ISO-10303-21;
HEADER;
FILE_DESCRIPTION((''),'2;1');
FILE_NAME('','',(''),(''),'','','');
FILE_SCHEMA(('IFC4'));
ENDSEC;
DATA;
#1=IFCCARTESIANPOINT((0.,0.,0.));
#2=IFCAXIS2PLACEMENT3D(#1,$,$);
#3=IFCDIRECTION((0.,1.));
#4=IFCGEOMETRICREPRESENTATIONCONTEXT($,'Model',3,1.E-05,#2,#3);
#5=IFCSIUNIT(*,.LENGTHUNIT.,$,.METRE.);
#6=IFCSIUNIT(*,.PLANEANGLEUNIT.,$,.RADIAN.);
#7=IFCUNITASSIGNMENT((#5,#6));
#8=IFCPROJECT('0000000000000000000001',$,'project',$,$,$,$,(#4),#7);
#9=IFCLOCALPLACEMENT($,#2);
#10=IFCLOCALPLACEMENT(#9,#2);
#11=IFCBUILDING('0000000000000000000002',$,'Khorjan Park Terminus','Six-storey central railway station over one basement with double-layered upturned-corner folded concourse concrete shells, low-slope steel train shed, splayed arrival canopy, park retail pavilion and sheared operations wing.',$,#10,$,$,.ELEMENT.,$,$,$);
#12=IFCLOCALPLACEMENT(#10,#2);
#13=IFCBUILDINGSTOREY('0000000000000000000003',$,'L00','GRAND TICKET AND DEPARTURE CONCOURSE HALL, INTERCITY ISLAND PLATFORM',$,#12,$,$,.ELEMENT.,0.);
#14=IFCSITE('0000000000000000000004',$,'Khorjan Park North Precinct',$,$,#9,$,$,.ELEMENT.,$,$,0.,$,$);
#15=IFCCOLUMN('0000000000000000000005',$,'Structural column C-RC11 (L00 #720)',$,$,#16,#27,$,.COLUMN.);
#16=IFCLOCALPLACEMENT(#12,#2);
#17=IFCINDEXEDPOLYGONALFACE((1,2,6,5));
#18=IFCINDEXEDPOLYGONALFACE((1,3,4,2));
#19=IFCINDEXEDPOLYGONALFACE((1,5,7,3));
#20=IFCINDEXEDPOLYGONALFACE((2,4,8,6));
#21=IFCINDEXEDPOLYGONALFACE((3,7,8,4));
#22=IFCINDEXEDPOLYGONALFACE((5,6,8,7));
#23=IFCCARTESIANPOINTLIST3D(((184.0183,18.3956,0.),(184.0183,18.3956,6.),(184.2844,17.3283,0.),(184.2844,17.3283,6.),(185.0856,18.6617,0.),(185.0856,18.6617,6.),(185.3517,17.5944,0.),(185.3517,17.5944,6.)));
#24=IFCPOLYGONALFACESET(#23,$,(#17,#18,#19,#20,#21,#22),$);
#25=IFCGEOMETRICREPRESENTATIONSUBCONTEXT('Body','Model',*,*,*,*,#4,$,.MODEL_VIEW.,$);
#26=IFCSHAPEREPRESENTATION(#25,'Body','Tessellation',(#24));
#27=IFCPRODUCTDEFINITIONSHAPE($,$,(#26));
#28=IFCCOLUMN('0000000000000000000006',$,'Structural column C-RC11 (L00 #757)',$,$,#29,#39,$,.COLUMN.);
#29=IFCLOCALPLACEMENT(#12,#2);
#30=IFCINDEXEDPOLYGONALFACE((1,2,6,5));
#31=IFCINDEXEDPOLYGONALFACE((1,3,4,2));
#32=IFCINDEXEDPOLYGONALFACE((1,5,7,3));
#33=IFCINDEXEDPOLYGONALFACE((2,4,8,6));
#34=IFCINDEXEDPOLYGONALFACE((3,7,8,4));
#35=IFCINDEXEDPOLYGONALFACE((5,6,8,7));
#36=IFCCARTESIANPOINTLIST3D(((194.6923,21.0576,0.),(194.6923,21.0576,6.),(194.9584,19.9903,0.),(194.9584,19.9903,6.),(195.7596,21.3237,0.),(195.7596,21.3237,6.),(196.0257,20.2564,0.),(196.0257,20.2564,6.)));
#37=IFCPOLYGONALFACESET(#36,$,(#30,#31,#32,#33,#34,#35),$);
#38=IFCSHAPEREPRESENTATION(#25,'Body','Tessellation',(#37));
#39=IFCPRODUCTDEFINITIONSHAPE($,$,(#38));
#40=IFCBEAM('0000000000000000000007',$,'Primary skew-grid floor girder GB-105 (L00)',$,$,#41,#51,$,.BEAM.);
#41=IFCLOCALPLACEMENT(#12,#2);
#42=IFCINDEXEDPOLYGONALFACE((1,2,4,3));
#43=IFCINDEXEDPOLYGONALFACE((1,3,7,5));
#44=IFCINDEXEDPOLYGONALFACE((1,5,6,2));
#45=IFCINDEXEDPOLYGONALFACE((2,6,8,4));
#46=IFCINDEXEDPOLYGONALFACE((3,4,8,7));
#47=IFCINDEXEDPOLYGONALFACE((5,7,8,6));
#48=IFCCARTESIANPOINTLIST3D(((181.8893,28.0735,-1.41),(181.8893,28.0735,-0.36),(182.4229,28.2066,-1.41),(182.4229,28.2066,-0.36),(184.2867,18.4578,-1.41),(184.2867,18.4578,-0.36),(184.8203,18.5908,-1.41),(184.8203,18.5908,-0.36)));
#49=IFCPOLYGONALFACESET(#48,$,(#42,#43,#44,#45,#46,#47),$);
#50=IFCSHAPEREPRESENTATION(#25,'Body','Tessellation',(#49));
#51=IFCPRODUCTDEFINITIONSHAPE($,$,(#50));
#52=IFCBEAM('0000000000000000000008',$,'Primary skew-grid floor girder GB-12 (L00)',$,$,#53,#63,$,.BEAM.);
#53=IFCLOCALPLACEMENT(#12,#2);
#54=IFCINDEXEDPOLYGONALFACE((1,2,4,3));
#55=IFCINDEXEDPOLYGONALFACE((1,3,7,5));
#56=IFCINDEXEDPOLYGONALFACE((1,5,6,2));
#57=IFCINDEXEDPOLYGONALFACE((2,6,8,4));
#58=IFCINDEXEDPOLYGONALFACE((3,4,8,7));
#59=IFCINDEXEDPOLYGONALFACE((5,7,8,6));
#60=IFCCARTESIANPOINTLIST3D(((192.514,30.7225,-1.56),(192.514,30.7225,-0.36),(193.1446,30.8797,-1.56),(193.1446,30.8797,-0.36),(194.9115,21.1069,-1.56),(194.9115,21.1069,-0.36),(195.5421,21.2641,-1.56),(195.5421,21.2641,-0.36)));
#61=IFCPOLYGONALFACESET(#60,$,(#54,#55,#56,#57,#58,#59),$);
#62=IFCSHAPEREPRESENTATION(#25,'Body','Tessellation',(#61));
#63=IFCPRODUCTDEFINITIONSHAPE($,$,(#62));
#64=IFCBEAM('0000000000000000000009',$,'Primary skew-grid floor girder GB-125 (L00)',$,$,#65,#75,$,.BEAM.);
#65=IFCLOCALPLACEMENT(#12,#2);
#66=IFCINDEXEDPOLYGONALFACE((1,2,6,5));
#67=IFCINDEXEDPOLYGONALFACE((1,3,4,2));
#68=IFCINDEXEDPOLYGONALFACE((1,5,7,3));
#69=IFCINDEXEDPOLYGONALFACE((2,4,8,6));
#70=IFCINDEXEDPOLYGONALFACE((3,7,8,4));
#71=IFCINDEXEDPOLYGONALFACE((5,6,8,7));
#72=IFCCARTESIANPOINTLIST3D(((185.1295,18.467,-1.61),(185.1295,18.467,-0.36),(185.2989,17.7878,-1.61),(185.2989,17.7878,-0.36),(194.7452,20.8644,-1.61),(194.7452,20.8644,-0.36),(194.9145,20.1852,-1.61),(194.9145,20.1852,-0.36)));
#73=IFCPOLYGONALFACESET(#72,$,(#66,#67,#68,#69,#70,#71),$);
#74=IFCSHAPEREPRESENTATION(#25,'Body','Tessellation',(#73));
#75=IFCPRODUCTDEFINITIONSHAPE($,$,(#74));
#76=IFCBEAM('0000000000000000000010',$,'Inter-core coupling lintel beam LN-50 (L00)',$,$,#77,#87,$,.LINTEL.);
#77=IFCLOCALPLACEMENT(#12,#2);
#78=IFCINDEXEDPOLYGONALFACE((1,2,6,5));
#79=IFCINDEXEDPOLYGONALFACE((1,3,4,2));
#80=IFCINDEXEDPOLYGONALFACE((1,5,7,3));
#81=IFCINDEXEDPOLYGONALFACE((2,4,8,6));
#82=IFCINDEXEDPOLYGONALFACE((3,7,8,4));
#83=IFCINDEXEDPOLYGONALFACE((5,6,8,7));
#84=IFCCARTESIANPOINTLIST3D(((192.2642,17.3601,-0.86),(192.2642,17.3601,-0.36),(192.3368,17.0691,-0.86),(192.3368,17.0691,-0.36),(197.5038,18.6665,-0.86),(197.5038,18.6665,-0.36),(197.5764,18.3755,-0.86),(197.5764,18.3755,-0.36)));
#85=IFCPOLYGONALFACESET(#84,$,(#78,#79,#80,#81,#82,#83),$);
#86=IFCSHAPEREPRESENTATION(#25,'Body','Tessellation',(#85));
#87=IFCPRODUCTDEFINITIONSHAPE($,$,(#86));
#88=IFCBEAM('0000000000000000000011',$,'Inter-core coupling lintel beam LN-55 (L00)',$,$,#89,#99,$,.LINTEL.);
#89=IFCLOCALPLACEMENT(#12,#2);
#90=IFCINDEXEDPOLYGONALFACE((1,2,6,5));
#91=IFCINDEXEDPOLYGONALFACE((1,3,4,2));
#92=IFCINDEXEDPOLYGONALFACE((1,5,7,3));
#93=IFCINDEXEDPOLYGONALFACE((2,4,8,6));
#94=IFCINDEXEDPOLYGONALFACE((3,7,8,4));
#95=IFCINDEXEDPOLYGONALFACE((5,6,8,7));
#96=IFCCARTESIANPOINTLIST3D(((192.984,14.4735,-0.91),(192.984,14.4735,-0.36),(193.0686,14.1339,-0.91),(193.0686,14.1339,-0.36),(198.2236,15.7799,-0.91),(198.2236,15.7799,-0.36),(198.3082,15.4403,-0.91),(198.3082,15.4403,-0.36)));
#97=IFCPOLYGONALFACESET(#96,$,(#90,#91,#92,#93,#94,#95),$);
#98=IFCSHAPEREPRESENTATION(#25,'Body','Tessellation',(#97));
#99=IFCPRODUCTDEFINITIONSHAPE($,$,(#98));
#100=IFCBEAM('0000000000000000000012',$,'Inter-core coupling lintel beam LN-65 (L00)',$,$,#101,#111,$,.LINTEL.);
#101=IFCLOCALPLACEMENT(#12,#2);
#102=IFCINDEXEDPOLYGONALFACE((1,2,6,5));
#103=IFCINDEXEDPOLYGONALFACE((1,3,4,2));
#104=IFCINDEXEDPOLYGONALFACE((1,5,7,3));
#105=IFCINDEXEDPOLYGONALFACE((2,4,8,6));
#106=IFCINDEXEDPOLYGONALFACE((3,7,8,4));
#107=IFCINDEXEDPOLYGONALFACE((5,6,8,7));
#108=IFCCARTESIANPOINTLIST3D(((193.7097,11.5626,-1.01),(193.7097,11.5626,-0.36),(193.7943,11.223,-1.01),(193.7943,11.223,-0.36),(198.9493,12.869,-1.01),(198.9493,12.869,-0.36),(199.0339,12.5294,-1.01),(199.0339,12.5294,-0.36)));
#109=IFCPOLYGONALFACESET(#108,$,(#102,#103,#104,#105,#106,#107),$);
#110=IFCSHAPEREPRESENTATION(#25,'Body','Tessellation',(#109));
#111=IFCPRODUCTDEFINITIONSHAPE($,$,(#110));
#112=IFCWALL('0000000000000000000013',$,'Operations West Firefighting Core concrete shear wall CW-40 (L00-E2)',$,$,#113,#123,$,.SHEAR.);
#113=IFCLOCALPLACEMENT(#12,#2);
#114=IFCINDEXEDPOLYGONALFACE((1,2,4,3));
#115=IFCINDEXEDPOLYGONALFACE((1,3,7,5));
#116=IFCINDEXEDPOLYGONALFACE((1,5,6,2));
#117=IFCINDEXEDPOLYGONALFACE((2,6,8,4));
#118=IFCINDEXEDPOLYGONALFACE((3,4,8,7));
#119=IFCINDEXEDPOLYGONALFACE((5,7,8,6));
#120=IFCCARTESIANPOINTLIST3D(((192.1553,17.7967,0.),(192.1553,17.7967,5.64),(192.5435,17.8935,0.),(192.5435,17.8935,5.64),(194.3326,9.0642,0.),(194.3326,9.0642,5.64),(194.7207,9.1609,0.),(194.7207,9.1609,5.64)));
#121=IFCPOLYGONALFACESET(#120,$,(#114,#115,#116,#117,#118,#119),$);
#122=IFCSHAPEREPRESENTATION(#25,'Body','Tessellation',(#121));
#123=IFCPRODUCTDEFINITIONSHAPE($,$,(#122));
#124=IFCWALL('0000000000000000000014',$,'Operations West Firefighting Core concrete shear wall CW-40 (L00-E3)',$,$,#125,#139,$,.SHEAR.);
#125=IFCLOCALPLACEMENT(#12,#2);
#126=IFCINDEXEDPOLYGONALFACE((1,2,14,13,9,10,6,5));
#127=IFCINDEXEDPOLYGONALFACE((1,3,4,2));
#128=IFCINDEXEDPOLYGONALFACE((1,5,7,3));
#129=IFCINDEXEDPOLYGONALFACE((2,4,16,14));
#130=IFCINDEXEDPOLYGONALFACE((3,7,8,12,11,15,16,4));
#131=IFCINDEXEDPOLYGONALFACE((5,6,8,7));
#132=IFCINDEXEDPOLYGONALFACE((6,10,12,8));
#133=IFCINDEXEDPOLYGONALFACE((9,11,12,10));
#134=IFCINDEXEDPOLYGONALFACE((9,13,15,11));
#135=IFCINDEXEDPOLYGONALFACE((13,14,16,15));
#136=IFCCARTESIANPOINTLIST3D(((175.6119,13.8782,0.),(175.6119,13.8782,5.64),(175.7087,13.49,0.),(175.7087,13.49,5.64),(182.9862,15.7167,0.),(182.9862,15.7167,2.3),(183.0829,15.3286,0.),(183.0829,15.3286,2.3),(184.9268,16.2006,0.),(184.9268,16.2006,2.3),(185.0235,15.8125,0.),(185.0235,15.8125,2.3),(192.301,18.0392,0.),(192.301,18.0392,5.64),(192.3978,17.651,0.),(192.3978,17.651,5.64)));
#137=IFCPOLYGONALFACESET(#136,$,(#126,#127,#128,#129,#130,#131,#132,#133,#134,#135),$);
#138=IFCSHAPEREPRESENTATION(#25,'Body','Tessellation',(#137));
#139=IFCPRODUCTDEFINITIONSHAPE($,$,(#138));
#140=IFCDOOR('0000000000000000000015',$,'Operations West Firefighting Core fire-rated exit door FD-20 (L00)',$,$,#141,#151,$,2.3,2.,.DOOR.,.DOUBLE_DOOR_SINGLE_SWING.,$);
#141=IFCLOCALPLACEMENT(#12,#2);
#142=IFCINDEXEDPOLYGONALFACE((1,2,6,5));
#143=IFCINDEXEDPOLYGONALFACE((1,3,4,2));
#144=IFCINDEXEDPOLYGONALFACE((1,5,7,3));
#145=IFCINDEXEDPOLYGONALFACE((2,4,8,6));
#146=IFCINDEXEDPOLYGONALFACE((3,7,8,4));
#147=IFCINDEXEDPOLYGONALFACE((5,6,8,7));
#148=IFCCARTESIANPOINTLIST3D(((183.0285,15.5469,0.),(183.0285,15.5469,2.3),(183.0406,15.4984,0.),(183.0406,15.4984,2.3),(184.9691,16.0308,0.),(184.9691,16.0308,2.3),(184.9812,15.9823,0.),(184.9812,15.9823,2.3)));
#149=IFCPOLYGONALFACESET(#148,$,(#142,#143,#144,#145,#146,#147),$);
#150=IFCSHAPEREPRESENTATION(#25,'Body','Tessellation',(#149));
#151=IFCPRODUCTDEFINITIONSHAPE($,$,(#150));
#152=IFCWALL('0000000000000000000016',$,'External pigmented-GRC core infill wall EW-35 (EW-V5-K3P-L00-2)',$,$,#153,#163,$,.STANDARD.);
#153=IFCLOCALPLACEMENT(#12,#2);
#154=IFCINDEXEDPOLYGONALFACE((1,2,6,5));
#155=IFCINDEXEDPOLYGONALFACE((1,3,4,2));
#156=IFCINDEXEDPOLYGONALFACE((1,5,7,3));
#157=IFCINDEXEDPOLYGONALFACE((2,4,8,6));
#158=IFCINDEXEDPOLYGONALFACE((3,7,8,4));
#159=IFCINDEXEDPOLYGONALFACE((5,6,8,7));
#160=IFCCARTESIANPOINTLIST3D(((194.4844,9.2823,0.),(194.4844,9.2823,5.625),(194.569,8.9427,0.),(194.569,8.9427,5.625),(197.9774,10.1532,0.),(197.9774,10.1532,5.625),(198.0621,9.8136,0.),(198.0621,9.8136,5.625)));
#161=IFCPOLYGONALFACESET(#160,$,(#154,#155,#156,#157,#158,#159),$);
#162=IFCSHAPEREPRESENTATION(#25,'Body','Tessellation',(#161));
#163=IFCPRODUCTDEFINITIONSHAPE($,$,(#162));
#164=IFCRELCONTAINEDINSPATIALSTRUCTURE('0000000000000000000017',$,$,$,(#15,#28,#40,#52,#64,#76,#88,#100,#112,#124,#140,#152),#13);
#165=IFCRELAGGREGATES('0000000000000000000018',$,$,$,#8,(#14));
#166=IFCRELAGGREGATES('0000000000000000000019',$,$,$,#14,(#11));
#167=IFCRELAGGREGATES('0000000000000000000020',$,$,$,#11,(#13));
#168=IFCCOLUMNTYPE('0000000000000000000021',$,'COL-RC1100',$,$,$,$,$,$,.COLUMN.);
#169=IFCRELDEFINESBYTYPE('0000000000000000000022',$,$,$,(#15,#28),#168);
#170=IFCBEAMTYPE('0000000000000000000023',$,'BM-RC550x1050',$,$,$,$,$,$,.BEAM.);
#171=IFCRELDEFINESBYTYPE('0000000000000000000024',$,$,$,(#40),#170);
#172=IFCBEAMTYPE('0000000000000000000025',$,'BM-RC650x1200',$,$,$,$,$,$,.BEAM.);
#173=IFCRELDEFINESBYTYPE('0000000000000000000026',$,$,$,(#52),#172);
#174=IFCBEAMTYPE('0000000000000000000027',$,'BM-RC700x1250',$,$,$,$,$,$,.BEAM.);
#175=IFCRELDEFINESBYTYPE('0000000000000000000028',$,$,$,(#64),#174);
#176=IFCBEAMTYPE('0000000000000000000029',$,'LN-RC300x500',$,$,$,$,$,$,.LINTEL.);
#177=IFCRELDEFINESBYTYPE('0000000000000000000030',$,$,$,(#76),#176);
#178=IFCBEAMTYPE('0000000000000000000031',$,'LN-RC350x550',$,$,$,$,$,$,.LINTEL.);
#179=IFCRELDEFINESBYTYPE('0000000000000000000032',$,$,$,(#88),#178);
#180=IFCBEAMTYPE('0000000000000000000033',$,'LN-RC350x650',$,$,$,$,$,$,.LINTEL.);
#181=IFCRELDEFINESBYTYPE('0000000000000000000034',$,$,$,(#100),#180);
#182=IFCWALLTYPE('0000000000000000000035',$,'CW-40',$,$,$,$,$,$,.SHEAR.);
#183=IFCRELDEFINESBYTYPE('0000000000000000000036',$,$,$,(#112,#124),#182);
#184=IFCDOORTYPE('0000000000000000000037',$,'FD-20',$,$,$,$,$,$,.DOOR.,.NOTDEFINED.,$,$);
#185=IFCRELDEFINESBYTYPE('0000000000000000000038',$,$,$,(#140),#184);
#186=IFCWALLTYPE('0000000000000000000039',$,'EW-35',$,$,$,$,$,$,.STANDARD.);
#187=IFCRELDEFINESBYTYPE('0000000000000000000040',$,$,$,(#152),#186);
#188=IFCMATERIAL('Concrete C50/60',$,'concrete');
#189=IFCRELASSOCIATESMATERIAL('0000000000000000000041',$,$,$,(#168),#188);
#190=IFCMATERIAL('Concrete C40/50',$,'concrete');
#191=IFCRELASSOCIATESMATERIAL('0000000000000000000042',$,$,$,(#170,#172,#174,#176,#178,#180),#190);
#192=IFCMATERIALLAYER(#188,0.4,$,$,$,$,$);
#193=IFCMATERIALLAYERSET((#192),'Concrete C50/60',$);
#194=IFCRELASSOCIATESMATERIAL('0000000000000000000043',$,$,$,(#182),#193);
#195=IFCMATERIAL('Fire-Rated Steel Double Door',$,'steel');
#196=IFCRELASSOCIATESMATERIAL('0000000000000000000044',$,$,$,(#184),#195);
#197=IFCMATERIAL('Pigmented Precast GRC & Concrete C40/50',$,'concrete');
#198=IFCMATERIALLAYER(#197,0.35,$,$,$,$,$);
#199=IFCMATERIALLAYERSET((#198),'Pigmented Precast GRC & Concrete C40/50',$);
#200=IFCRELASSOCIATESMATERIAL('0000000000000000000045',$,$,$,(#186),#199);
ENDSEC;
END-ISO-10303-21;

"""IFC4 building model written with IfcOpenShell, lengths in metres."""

from ifc_helpers import new_model, si_unit, direction, frame, frame_2d, origin, origin_2d, place, context, subcontext, project, spatial, rectangle, extrude, material, layer, layer_set, material_profile, profile_set, type_object, element, fill, save


model = new_model("IFC4")

# Units and contexts
model_context = context("Model", 3, precision=1e-05, world=origin(), true_north=direction((0.0, 1.0)))
body_context = subcontext(model_context, "Body", "Model", "MODEL_VIEW")
ifc_project = project(units=[si_unit("LENGTHUNIT", "METRE"), si_unit("PLANEANGLEUNIT", "RADIAN")], contexts=[model_context])

# Site, building, storey
site_placement = place(None, origin())
site = spatial("IfcSite", under=ifc_project, at=site_placement, Name="Khorjan Park North Precinct", CompositionType="ELEMENT", RefElevation=0.0)
building_placement = place(site_placement, origin())
building = spatial("IfcBuilding", under=site, at=building_placement, Name="Khorjan Park Terminus", Description="Six-storey central railway station over one basement with double-layered upturned-corner folded concourse concrete shells, low-slope steel train shed, splayed arrival canopy, park retail pavilion and sheared operations wing.", CompositionType="ELEMENT")
storey_placement = place(building_placement, origin())
storey = spatial("IfcBuildingStorey", under=building, at=storey_placement, Name="L00", Description="GRAND TICKET AND DEPARTURE CONCOURSE HALL, INTERCITY ISLAND PLATFORM", CompositionType="ELEMENT", Elevation=0.0)

# Columns
ifc_material_1 = material(Name="Concrete C50/60", Category="concrete")
ifc_material_profile_1 = material_profile(ifc_material_1, rectangle(XDim=1.1, YDim=1.1, at=origin_2d()), Name="RC 1100x1100")
ifc_profile_set_1 = profile_set([ifc_material_profile_1], Name="Concrete C50/60")
column_type = type_object("IfcColumnType", Name="COL-RC1100", PredefinedType="COLUMN", material=ifc_profile_set_1)
for number, where, z_axis, x_axis, name in (
    (1, (184.685, 17.995, 0.0), (0.0, 0.0, 1.0), (0.970296, 0.241922, 0.0), "Structural column C-RC11 (L00 #720)"),
    (2, (195.359, 20.657, 0.0), (0.0, 0.0, 1.0), (0.970296, 0.241922, 0.0), "Structural column C-RC11 (L00 #757)"),
):
    element("IfcColumn", number, at=place(storey_placement, frame(where, z_axis=z_axis, x_axis=x_axis)), inside=storey, type_object=column_type, Name=name, PredefinedType="COLUMN", context=body_context, shape_type="SweptSolid", body=[
        extrude(rectangle(XDim=1.1, YDim=1.1, at=origin_2d()), origin(), (0.0, 0.0, 1.0), 6.0),
    ])

# Beams
ifc_material_2 = material(Name="Concrete C40/50", Category="concrete")
ifc_material_profile_2 = material_profile(ifc_material_2, rectangle(XDim=0.55, YDim=1.05, at=origin_2d()), Name="RC 550x1050")
ifc_profile_set_2 = profile_set([ifc_material_profile_2], Name="Concrete C40/50")
beam_type_1 = type_object("IfcBeamType", Name="BM-RC550x1050", PredefinedType="BEAM", material=ifc_profile_set_2)
beam_1_placement = place(storey_placement, frame((184.5535, 18.5243, -0.885), z_axis=(-0.241916, 0.970297, 0.0), x_axis=(-0.970297, -0.241916, 0.0)))
element("IfcBeam", 3, at=beam_1_placement, inside=storey, type_object=beam_type_1, Name="Primary skew-grid floor girder GB-105 (L00)", PredefinedType="BEAM", context=body_context, shape_type="SweptSolid", body=[
    extrude(rectangle(XDim=0.55, YDim=1.05, at=origin_2d()), origin(), (0.0, 0.0, 1.0), 9.9101),
])
ifc_material_profile_3 = material_profile(ifc_material_2, rectangle(XDim=0.65, YDim=1.2, at=origin_2d()), Name="RC 650x1200")
ifc_profile_set_3 = profile_set([ifc_material_profile_3], Name="Concrete C40/50")
beam_type_2 = type_object("IfcBeamType", Name="BM-RC650x1200", PredefinedType="BEAM", material=ifc_profile_set_3)
beam_2_placement = place(storey_placement, frame((195.2268, 21.1855, -0.96), z_axis=(-0.241928, 0.970294, 0.0), x_axis=(-0.970294, -0.241928, 0.0)))
element("IfcBeam", 4, at=beam_2_placement, inside=storey, type_object=beam_type_2, Name="Primary skew-grid floor girder GB-12 (L00)", PredefinedType="BEAM", context=body_context, shape_type="SweptSolid", body=[
    extrude(rectangle(XDim=0.65, YDim=1.2, at=origin_2d()), origin(), (0.0, 0.0, 1.0), 9.91),
])
ifc_material_profile_4 = material_profile(ifc_material_2, rectangle(XDim=0.7, YDim=1.25, at=origin_2d()), Name="RC 700x1250")
ifc_profile_set_4 = profile_set([ifc_material_profile_4], Name="Concrete C40/50")
beam_type_3 = type_object("IfcBeamType", Name="BM-RC700x1250", PredefinedType="BEAM", material=ifc_profile_set_4)
beam_3_placement = place(storey_placement, frame((185.2142, 18.1274, -0.985), z_axis=(0.970297, 0.241918, 0.0), x_axis=(-0.241918, 0.970297, 0.0)))
element("IfcBeam", 5, at=beam_3_placement, inside=storey, type_object=beam_type_3, Name="Primary skew-grid floor girder GB-125 (L00)", PredefinedType="BEAM", context=body_context, shape_type="SweptSolid", body=[
    extrude(rectangle(XDim=0.7, YDim=1.25, at=origin_2d()), origin(), (0.0, 0.0, 1.0), 9.91),
])
ifc_material_profile_5 = material_profile(ifc_material_2, rectangle(XDim=0.3, YDim=0.5, at=origin_2d()), Name="RC 300x500")
ifc_profile_set_5 = profile_set([ifc_material_profile_5], Name="Concrete C40/50")
beam_type_4 = type_object("IfcBeamType", Name="LN-RC300x500", PredefinedType="LINTEL", material=ifc_profile_set_5)
beam_4_placement = place(storey_placement, frame((192.3005, 17.2146, -0.61), z_axis=(0.970295, 0.241926, 0.0), x_axis=(-0.241926, 0.970295, 0.0)))
element("IfcBeam", 6, at=beam_4_placement, inside=storey, type_object=beam_type_4, Name="Inter-core coupling lintel beam LN-50 (L00)", PredefinedType="LINTEL", context=body_context, shape_type="SweptSolid", body=[
    extrude(rectangle(XDim=0.3, YDim=0.5, at=origin_2d()), origin(), (0.0, 0.0, 1.0), 5.4),
])
ifc_material_profile_6 = material_profile(ifc_material_2, rectangle(XDim=0.35, YDim=0.55, at=origin_2d()), Name="RC 350x550")
ifc_profile_set_6 = profile_set([ifc_material_profile_6], Name="Concrete C40/50")
beam_type_5 = type_object("IfcBeamType", Name="LN-RC350x550", PredefinedType="LINTEL", material=ifc_profile_set_6)
beam_5_placement = place(storey_placement, frame((193.0263, 14.3037, -0.635), z_axis=(0.970295, 0.241926, 0.0), x_axis=(-0.241926, 0.970295, 0.0)))
element("IfcBeam", 7, at=beam_5_placement, inside=storey, type_object=beam_type_5, Name="Inter-core coupling lintel beam LN-55 (L00)", PredefinedType="LINTEL", context=body_context, shape_type="SweptSolid", body=[
    extrude(rectangle(XDim=0.35, YDim=0.55, at=origin_2d()), origin(), (0.0, 0.0, 1.0), 5.4),
])
ifc_material_profile_7 = material_profile(ifc_material_2, rectangle(XDim=0.35, YDim=0.65, at=origin_2d()), Name="RC 350x650")
ifc_profile_set_7 = profile_set([ifc_material_profile_7], Name="Concrete C40/50")
beam_type_6 = type_object("IfcBeamType", Name="LN-RC350x650", PredefinedType="LINTEL", material=ifc_profile_set_7)
beam_6_placement = place(storey_placement, frame((193.752, 11.3928, -0.685), z_axis=(0.970295, 0.241926, 0.0), x_axis=(-0.241926, 0.970295, 0.0)))
element("IfcBeam", 8, at=beam_6_placement, inside=storey, type_object=beam_type_6, Name="Inter-core coupling lintel beam LN-65 (L00)", PredefinedType="LINTEL", context=body_context, shape_type="SweptSolid", body=[
    extrude(rectangle(XDim=0.35, YDim=0.65, at=origin_2d()), origin(), (0.0, 0.0, 1.0), 5.4),
])

# Wall
ifc_layer_1 = layer(ifc_material_1, 0.4)
ifc_layer_set_1 = layer_set([ifc_layer_1], Name="Concrete C50/60")
wall_type_1 = type_object("IfcWallType", Name="CW-40", PredefinedType="SHEAR", material=ifc_layer_set_1)
wall_1_placement = place(storey_placement, frame((194.5267, 9.1125, 0.0), z_axis=(0.0, 0.0, 1.0), x_axis=(-0.241924, 0.970295, 0.0)))
element("IfcWall", 9, at=wall_1_placement, inside=storey, type_object=wall_type_1, Name="Operations West Firefighting Core concrete shear wall CW-40 (L00-E2)", PredefinedType="SHEAR", context=body_context, shape_type="SweptSolid", body=[
    extrude(rectangle(XDim=8.9999, YDim=0.4, at=frame_2d((4.5, 0.0))), origin(), (0.0, 0.0, 1.0), 5.64),
])

# Wall, opening, door
wall_2_placement = place(storey_placement, frame((192.3494, 17.8451, 0.0), z_axis=(0.0, 0.0, 1.0), x_axis=(-0.970297, -0.241919, 0.0)))
wall_2 = element("IfcWall", 10, at=wall_2_placement, inside=storey, type_object=wall_type_1, Name="Operations West Firefighting Core concrete shear wall CW-40 (L00-E3)", PredefinedType="SHEAR", context=body_context, shape_type="SweptSolid", body=[
    extrude(rectangle(XDim=17.2, YDim=0.4, at=frame_2d((8.6, 0.0))), origin(), (0.0, 0.0, 1.0), 5.64),
])
opening_1_placement = place(wall_2_placement, frame((7.6, 0.0, 0.0)))
opening_1 = element("IfcOpeningElement", 11, at=opening_1_placement, cuts=wall_2, PredefinedType="OPENING", context=body_context, shape_type="SweptSolid", body=[
    extrude(rectangle(XDim=2.0, YDim=2.3, at=frame_2d((1.0, 1.15))), frame((0.0, 0.21, 0.0), z_axis=(0.0, -1.0, 0.0), x_axis=(1.0, 0.0, 0.0)), (0.0, 0.0, 1.0), 0.42),
])
ifc_material_3 = material(Name="Fire-Rated Steel Double Door", Category="steel")
door_type_1 = type_object("IfcDoorType", Name="FD-20", OperationType="NOTDEFINED", PredefinedType="DOOR", material=ifc_material_3)
door_1_placement = place(opening_1_placement, origin())
door_1 = element("IfcDoor", 12, at=door_1_placement, inside=storey, type_object=door_type_1, Name="Operations West Firefighting Core fire-rated exit door FD-20 (L00)", OperationType="DOUBLE_DOOR_SINGLE_SWING", OverallHeight=2.3, OverallWidth=2.0, PredefinedType="DOOR", context=body_context, shape_type="SweptSolid", body=[
    extrude(rectangle(XDim=2.0, YDim=2.3, at=frame_2d((1.0, 1.15))), frame((0.0, 0.025, 0.0), z_axis=(0.0, -1.0, 0.0), x_axis=(1.0, 0.0, 0.0)), (0.0, 0.0, 1.0), 0.05),
])
fill(opening_1, door_1)

# Wall
ifc_material_4 = material(Name="Pigmented Precast GRC & Concrete C40/50", Category="concrete")
ifc_layer_2 = layer(ifc_material_4, 0.35)
ifc_layer_set_2 = layer_set([ifc_layer_2], Name="Pigmented Precast GRC & Concrete C40/50")
wall_type_2 = type_object("IfcWallType", Name="EW-35", PredefinedType="STANDARD", material=ifc_layer_set_2)
wall_3_placement = place(storey_placement, frame((194.5267, 9.1125, 0.0), z_axis=(0.0, 0.0, 1.0), x_axis=(0.970298, 0.241915, 0.0)))
element("IfcWall", 13, at=wall_3_placement, inside=storey, type_object=wall_type_2, Name="External pigmented-GRC core infill wall EW-35 (EW-V5-K3P-L00-2)", PredefinedType="STANDARD", context=body_context, shape_type="SweptSolid", body=[
    extrude(rectangle(XDim=3.6, YDim=0.35, at=frame_2d((1.8, 0.0))), origin(), (0.0, 0.0, 1.0), 5.625),
])

save(model, "model.ifc")
